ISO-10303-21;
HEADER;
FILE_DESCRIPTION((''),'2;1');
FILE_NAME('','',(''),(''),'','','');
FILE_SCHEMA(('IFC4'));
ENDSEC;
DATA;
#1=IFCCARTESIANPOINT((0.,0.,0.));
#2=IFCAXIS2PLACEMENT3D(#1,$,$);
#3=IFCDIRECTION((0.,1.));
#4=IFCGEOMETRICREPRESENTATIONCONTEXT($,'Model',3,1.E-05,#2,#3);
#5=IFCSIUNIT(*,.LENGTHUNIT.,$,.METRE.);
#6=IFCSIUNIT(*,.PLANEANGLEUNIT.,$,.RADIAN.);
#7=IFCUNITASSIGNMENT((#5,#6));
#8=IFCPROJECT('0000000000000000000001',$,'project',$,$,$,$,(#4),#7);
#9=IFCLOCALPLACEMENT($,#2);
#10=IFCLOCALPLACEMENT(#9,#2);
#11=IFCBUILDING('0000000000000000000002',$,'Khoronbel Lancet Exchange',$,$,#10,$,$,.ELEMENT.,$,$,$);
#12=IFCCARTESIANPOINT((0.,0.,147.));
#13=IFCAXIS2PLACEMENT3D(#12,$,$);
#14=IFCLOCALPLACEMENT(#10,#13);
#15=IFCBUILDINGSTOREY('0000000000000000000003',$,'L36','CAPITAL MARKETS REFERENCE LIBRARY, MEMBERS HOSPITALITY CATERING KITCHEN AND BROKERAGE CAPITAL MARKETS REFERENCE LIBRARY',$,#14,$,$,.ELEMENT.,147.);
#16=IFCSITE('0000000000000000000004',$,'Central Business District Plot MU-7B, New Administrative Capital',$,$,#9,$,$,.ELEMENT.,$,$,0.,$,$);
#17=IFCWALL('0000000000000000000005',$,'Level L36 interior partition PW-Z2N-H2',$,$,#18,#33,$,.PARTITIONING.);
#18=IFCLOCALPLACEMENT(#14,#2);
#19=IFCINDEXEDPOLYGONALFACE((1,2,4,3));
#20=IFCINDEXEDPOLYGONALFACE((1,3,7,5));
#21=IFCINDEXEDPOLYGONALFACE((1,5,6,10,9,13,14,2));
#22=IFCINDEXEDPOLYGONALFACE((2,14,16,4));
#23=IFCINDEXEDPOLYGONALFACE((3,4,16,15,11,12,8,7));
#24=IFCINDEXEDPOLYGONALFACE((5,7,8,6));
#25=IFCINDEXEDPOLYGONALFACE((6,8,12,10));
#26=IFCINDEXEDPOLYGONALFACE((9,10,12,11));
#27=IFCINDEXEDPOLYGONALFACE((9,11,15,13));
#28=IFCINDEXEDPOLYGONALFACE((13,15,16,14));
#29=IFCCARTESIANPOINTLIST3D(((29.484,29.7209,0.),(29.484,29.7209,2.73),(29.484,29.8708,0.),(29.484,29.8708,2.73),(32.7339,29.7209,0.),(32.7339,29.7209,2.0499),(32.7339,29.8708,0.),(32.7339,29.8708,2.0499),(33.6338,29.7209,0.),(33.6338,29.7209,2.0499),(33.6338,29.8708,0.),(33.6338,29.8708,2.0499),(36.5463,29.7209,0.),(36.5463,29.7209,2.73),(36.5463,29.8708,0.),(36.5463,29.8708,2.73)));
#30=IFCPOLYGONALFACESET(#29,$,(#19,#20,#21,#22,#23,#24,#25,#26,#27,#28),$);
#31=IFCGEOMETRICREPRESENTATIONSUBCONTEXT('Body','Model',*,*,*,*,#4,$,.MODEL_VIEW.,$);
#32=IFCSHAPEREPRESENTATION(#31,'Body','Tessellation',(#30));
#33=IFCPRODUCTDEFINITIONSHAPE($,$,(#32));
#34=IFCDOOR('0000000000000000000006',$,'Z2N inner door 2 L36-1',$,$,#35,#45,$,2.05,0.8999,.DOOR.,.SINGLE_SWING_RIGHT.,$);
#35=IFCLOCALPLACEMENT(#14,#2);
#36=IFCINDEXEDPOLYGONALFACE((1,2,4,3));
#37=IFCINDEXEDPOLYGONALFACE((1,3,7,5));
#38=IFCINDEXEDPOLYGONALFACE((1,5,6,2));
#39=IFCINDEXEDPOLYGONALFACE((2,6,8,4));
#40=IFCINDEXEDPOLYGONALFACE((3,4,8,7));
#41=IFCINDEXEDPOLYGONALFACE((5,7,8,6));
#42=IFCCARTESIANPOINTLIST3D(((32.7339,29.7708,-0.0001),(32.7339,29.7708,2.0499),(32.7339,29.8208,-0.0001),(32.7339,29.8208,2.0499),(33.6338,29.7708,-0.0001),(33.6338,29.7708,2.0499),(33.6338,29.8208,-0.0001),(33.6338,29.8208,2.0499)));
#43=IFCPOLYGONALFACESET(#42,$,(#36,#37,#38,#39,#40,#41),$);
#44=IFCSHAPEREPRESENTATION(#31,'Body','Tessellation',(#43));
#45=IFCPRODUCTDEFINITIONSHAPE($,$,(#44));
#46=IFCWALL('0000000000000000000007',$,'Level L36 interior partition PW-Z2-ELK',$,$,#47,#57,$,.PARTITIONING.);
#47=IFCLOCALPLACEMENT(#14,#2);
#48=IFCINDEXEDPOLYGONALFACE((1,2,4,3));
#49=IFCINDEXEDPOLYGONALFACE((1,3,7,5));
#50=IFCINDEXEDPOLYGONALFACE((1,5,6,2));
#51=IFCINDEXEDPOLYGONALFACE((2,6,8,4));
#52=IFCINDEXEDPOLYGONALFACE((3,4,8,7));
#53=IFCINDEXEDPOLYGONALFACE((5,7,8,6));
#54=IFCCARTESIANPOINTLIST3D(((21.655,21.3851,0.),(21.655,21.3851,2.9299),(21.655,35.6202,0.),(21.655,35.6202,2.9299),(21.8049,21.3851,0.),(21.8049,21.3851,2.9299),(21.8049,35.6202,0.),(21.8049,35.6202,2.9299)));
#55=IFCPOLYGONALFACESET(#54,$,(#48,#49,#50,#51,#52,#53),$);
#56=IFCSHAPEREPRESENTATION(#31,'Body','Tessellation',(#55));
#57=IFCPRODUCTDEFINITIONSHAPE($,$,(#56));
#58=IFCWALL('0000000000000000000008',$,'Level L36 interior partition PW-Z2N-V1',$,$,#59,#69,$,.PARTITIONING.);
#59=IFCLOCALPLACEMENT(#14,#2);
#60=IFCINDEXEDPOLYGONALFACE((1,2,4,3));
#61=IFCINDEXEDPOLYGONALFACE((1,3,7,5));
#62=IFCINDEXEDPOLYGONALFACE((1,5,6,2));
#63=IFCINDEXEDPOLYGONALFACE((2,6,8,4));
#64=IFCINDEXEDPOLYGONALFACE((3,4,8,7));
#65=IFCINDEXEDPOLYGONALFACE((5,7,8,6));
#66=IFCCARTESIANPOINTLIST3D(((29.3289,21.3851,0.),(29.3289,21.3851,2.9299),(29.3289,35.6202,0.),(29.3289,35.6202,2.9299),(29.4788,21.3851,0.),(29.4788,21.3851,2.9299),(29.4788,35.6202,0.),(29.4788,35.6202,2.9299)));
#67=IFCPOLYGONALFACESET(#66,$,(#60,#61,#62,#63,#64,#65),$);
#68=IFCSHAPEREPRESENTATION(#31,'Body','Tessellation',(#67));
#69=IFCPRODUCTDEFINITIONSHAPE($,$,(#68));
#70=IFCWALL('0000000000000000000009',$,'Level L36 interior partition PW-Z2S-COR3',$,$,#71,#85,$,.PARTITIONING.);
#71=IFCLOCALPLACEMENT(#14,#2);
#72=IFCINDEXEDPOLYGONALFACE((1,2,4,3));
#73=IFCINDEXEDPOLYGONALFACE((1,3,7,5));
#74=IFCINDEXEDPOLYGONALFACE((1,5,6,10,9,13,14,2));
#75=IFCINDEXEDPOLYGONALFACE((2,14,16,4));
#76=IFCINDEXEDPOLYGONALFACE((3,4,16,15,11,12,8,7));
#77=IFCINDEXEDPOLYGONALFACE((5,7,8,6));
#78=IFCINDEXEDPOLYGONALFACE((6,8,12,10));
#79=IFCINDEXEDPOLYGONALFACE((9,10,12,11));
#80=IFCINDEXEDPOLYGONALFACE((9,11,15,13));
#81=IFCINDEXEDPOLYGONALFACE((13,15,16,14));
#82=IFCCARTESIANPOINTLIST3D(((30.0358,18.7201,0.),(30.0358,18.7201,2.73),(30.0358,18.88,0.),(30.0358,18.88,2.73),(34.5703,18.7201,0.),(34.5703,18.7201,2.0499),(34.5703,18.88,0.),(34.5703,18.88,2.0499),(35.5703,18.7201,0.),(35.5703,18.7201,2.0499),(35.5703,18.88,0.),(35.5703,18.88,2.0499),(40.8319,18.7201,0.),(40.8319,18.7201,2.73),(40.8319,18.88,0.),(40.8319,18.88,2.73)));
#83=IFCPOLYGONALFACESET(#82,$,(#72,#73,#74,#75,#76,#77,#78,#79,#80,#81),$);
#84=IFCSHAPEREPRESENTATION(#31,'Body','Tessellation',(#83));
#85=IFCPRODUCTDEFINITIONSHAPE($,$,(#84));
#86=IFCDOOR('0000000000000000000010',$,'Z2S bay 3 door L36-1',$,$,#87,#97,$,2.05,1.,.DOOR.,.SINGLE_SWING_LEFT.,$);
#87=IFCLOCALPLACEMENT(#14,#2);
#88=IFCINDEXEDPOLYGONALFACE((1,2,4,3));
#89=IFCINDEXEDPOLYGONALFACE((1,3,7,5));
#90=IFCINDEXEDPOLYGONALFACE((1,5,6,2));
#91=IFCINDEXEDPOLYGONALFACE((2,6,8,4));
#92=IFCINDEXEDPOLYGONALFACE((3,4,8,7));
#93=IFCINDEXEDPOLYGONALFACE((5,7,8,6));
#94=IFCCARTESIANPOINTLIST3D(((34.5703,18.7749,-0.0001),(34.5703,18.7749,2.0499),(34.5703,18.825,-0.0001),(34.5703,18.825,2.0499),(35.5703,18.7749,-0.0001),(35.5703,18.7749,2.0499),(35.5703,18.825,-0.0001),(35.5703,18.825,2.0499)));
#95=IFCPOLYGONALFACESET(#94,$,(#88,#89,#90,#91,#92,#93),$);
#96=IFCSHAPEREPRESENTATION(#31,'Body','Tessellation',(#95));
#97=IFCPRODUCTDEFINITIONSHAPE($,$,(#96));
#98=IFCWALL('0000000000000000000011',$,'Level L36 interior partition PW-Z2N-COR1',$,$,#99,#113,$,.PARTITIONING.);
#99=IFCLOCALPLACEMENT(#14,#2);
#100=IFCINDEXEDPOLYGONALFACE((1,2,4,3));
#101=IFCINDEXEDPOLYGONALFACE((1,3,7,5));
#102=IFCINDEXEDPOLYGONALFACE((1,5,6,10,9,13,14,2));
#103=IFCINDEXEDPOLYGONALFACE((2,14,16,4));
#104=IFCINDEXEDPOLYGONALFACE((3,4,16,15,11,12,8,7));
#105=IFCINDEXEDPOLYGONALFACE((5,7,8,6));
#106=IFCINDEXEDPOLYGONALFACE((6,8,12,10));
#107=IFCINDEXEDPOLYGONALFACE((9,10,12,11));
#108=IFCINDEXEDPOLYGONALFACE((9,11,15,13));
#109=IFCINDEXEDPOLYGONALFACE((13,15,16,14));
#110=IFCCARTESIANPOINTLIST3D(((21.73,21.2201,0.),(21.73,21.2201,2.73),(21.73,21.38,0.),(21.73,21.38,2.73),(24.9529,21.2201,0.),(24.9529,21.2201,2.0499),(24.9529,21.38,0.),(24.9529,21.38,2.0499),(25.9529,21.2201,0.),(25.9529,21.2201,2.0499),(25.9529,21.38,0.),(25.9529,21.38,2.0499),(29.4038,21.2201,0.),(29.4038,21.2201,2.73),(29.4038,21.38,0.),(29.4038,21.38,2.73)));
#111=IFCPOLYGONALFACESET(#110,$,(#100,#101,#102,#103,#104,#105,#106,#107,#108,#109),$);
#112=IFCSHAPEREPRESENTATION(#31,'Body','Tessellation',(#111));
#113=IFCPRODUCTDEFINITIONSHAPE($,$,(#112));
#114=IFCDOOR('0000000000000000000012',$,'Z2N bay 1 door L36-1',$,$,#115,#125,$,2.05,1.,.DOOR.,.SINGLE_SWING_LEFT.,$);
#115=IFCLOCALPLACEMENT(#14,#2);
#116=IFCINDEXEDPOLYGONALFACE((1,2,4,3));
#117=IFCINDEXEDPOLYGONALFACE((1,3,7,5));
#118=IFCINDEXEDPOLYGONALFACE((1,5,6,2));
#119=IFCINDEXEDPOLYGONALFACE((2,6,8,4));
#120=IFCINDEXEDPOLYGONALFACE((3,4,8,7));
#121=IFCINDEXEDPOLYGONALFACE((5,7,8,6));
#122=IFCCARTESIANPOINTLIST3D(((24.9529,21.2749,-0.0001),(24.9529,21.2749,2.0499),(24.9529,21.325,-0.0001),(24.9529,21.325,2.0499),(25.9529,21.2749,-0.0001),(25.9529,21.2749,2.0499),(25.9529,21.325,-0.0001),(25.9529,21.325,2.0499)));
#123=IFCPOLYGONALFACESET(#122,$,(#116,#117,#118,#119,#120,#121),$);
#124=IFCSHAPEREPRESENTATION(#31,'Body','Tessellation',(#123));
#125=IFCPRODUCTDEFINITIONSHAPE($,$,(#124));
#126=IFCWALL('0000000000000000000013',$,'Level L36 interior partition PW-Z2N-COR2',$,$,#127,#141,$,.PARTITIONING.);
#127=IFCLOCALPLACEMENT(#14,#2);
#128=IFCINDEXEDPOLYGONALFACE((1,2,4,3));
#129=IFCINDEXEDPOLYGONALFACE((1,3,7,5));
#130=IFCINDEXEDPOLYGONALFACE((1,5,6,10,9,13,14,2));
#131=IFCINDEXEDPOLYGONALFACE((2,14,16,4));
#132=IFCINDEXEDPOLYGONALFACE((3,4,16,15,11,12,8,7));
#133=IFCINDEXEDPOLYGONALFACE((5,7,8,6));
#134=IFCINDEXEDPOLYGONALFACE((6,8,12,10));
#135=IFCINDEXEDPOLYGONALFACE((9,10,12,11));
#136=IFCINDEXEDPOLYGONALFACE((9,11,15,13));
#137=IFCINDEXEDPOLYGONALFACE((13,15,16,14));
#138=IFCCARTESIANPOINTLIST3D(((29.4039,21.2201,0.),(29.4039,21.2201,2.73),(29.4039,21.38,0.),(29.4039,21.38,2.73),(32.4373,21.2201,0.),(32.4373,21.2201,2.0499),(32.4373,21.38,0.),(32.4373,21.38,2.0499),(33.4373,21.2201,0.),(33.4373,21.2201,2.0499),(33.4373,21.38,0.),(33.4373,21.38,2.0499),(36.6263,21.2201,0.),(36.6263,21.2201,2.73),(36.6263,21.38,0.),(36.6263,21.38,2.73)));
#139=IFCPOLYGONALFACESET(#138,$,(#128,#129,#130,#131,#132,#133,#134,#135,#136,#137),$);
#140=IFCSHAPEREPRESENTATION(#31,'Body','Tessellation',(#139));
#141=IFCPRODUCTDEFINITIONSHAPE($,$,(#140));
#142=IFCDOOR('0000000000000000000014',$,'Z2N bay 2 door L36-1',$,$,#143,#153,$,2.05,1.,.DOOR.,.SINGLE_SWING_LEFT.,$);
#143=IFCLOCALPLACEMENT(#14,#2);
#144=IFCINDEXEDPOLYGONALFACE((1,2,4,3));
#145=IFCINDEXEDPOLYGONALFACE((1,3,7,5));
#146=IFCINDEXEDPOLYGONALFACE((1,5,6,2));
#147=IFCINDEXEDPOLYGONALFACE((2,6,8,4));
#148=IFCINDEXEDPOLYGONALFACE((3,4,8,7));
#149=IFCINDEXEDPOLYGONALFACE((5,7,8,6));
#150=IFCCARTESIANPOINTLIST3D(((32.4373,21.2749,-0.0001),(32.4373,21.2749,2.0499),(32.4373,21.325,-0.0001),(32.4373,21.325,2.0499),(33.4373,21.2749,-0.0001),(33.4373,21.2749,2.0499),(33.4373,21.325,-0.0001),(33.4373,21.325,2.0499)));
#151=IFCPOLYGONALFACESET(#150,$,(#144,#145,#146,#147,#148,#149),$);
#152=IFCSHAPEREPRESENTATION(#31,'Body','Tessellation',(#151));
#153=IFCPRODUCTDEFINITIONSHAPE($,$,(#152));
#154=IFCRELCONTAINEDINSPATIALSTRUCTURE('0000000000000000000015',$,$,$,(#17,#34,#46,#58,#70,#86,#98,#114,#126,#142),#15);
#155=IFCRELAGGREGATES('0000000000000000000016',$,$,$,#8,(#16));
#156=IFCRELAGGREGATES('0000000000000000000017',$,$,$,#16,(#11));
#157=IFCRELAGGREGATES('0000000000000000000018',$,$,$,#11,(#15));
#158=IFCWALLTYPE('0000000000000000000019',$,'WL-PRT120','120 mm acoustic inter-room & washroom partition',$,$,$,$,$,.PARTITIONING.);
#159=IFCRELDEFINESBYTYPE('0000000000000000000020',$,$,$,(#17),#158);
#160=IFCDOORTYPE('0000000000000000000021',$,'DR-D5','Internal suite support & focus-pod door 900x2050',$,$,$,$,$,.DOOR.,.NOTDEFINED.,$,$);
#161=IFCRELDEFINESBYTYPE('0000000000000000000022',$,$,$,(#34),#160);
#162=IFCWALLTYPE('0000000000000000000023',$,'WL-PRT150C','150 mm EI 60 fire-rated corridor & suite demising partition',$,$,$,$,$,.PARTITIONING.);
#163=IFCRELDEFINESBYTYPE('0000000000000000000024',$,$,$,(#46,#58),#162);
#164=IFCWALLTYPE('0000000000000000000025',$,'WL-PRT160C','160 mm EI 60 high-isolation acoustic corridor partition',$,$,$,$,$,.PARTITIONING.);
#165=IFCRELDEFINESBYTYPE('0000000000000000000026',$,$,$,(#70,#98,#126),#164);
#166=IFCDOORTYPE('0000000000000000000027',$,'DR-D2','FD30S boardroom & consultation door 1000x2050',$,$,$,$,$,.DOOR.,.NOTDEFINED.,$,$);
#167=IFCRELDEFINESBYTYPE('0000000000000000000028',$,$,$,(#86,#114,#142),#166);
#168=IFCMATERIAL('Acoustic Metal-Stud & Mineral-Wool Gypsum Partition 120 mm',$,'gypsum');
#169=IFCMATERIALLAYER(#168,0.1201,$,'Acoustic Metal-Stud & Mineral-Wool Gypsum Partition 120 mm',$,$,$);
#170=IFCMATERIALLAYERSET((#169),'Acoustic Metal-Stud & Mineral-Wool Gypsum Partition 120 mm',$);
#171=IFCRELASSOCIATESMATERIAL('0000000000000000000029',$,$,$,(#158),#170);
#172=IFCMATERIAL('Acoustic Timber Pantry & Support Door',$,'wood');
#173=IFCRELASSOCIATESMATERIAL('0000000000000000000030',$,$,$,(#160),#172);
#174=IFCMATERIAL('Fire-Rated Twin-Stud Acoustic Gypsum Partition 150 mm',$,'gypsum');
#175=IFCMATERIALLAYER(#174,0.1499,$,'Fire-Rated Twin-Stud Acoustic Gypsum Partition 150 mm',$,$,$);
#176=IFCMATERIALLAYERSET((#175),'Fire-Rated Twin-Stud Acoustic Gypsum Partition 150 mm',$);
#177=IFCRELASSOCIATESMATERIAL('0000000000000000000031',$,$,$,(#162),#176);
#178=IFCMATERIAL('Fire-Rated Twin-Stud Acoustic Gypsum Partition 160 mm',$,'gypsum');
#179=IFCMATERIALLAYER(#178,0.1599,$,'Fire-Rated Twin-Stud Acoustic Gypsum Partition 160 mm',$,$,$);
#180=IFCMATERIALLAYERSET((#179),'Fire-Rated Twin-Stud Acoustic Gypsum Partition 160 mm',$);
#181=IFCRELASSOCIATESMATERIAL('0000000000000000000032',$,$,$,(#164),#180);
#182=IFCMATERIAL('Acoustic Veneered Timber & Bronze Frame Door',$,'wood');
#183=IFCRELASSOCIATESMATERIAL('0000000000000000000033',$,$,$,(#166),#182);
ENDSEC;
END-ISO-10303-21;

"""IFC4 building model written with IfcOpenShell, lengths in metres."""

from ifc_helpers import new_model, si_unit, direction, frame, frame_2d, origin, place, context, subcontext, project, spatial, rectangle, extrude, material, layer, layer_set, type_object, element, fill, save


model = new_model("IFC4")

# Units and contexts
model_context = context("Model", 3, precision=1e-05, world=origin(), true_north=direction((0.0, 1.0)))
body_context = subcontext(model_context, "Body", "Model", "MODEL_VIEW")
ifc_project = project(units=[si_unit("LENGTHUNIT", "METRE"), si_unit("PLANEANGLEUNIT", "RADIAN")], contexts=[model_context])

# Site, building, storey
site_placement = place(None, origin())
site = spatial("IfcSite", under=ifc_project, at=site_placement, Name="Central Business District Plot MU-7B, New Administrative Capital", CompositionType="ELEMENT", RefElevation=0.0)
building_placement = place(site_placement, origin())
building = spatial("IfcBuilding", under=site, at=building_placement, Name="Khoronbel Lancet Exchange", CompositionType="ELEMENT")
storey_placement = place(building_placement, frame((0.0, 0.0, 147.0)))
storey = spatial("IfcBuildingStorey", under=building, at=storey_placement, Name="L36", Description="CAPITAL MARKETS REFERENCE LIBRARY, MEMBERS HOSPITALITY CATERING KITCHEN AND BROKERAGE CAPITAL MARKETS REFERENCE LIBRARY", CompositionType="ELEMENT", Elevation=147.0)

# Wall, opening, door
ifc_material_1 = material(Name="Acoustic Metal-Stud & Mineral-Wool Gypsum Partition 120 mm", Category="gypsum")
ifc_layer_1 = layer(ifc_material_1, 0.1201, Name="Acoustic Metal-Stud & Mineral-Wool Gypsum Partition 120 mm")
ifc_layer_set_1 = layer_set([ifc_layer_1], Name="Acoustic Metal-Stud & Mineral-Wool Gypsum Partition 120 mm")
wall_type_1 = type_object("IfcWallType", Name="WL-PRT120", Description="120 mm acoustic inter-room & washroom partition", PredefinedType="PARTITIONING", material=ifc_layer_set_1)
ifc_material_2 = material(Name="Acoustic Timber Pantry & Support Door", Category="wood")
door_type_1 = type_object("IfcDoorType", Name="DR-D5", Description="Internal suite support & focus-pod door 900x2050", OperationType="NOTDEFINED", PredefinedType="DOOR", material=ifc_material_2)
wall_1_placement = place(storey_placement, frame((29.4839, 29.7959, 0.0), z_axis=(0.0, 0.0, 1.0), x_axis=(1.0, 0.0, 0.0)))
wall_1 = element("IfcWall", 1, at=wall_1_placement, inside=storey, type_object=wall_type_1, Name="Level L36 interior partition PW-Z2N-H2", PredefinedType="PARTITIONING", context=body_context, shape_type="SweptSolid", body=[
    extrude(rectangle(XDim=7.0623, YDim=0.1499, at=frame_2d((3.5312, 0.0))), origin(), (0.0, 0.0, 1.0), 2.73),
])
opening_1_placement = place(wall_1_placement, frame((3.25, 0.0, 0.0)))
opening_1 = element("IfcOpeningElement", 2, at=opening_1_placement, cuts=wall_1, PredefinedType="OPENING", context=body_context, shape_type="SweptSolid", body=[
    extrude(rectangle(XDim=0.8999, YDim=2.05, at=frame_2d((0.45, 1.0249))), frame((0.0, 0.085, 0.0), z_axis=(0.0, -1.0, 0.0), x_axis=(1.0, 0.0, 0.0)), (0.0, 0.0, 1.0), 0.1699),
])
door_1_placement = place(opening_1_placement, origin())
door_1 = element("IfcDoor", 3, at=door_1_placement, inside=storey, type_object=door_type_1, Name="Z2N inner door 2 L36-1", OperationType="SINGLE_SWING_RIGHT", OverallHeight=2.05, OverallWidth=0.8999, PredefinedType="DOOR", context=body_context, shape_type="SweptSolid", body=[
    extrude(rectangle(XDim=0.8999, YDim=2.05, at=frame_2d((0.45, 1.0249))), frame((0.0, 0.0249, 0.0), z_axis=(0.0, -1.0, 0.0), x_axis=(1.0, 0.0, 0.0)), (0.0, 0.0, 1.0), 0.05),
])
fill(opening_1, door_1)

# Walls
ifc_material_3 = material(Name="Fire-Rated Twin-Stud Acoustic Gypsum Partition 150 mm", Category="gypsum")
ifc_layer_2 = layer(ifc_material_3, 0.1499, Name="Fire-Rated Twin-Stud Acoustic Gypsum Partition 150 mm")
ifc_layer_set_2 = layer_set([ifc_layer_2], Name="Fire-Rated Twin-Stud Acoustic Gypsum Partition 150 mm")
wall_type_2 = type_object("IfcWallType", Name="WL-PRT150C", Description="150 mm EI 60 fire-rated corridor & suite demising partition", PredefinedType="PARTITIONING", material=ifc_layer_set_2)
for number, where, z_axis, x_axis, name in (
    (4, (21.73, 21.385, 0.0), (0.0, 0.0, 1.0), (0.0, 1.0, 0.0), "Level L36 interior partition PW-Z2-ELK"),
    (5, (29.4038, 21.385, 0.0), (0.0, 0.0, 1.0), (0.0, 1.0, 0.0), "Level L36 interior partition PW-Z2N-V1"),
):
    element("IfcWall", number, at=place(storey_placement, frame(where, z_axis=z_axis, x_axis=x_axis)), inside=storey, type_object=wall_type_2, Name=name, PredefinedType="PARTITIONING", context=body_context, shape_type="SweptSolid", body=[
        extrude(rectangle(XDim=14.2351, YDim=0.1499, at=frame_2d((7.1177, 0.0))), origin(), (0.0, 0.0, 1.0), 2.9299),
    ])

# Walls, openings, doors
ifc_material_4 = material(Name="Fire-Rated Twin-Stud Acoustic Gypsum Partition 160 mm", Category="gypsum")
ifc_layer_3 = layer(ifc_material_4, 0.1599, Name="Fire-Rated Twin-Stud Acoustic Gypsum Partition 160 mm")
ifc_layer_set_3 = layer_set([ifc_layer_3], Name="Fire-Rated Twin-Stud Acoustic Gypsum Partition 160 mm")
wall_type_3 = type_object("IfcWallType", Name="WL-PRT160C", Description="160 mm EI 60 high-isolation acoustic corridor partition", PredefinedType="PARTITIONING", material=ifc_layer_set_3)
wall_2_placement = place(storey_placement, frame((30.0359, 18.8, 0.0), z_axis=(0.0, 0.0, 1.0), x_axis=(1.0, 0.0, 0.0)))
wall_2 = element("IfcWall", 6, at=wall_2_placement, inside=storey, type_object=wall_type_3, Name="Level L36 interior partition PW-Z2S-COR3", PredefinedType="PARTITIONING", context=body_context, shape_type="SweptSolid", body=[
    extrude(rectangle(XDim=10.7961, YDim=0.1599, at=frame_2d((5.3979, 0.0))), origin(), (0.0, 0.0, 1.0), 2.73),
])
opening_2_placement = place(wall_2_placement, frame((4.5344, 0.0, 0.0)))
opening_2 = element("IfcOpeningElement", 7, at=opening_2_placement, cuts=wall_2, PredefinedType="OPENING", context=body_context, shape_type="SweptSolid", body=[
    extrude(rectangle(XDim=1.0, YDim=2.05, at=frame_2d((0.5, 1.0249))), frame((0.0, 0.0898, 0.0), z_axis=(0.0, -1.0, 0.0), x_axis=(1.0, 0.0, 0.0)), (0.0, 0.0, 1.0), 0.1799),
])
ifc_material_5 = material(Name="Acoustic Veneered Timber & Bronze Frame Door", Category="wood")
door_type_2 = type_object("IfcDoorType", Name="DR-D2", Description="FD30S boardroom & consultation door 1000x2050", OperationType="NOTDEFINED", PredefinedType="DOOR", material=ifc_material_5)
door_2_placement = place(opening_2_placement, origin())
door_2 = element("IfcDoor", 8, at=door_2_placement, inside=storey, type_object=door_type_2, Name="Z2S bay 3 door L36-1", OperationType="SINGLE_SWING_LEFT", OverallHeight=2.05, OverallWidth=1.0, PredefinedType="DOOR", context=body_context, shape_type="SweptSolid", body=[
    extrude(rectangle(XDim=1.0, YDim=2.05, at=frame_2d((0.5, 1.0249))), frame((0.0, 0.0249, 0.0), z_axis=(0.0, -1.0, 0.0), x_axis=(1.0, 0.0, 0.0)), (0.0, 0.0, 1.0), 0.05),
])
fill(opening_2, door_2)
wall_3_placement = place(storey_placement, frame((21.73, 21.3, 0.0), z_axis=(0.0, 0.0, 1.0), x_axis=(1.0, 0.0, 0.0)))
wall_3 = element("IfcWall", 9, at=wall_3_placement, inside=storey, type_object=wall_type_3, Name="Level L36 interior partition PW-Z2N-COR1", PredefinedType="PARTITIONING", context=body_context, shape_type="SweptSolid", body=[
    extrude(rectangle(XDim=7.6738, YDim=0.1599, at=frame_2d((3.8369, 0.0))), origin(), (0.0, 0.0, 1.0), 2.73),
])
opening_3_placement = place(wall_3_placement, frame((3.2229, 0.0, 0.0)))
opening_3 = element("IfcOpeningElement", 10, at=opening_3_placement, cuts=wall_3, PredefinedType="OPENING", context=body_context, shape_type="SweptSolid", body=[
    extrude(rectangle(XDim=1.0, YDim=2.05, at=frame_2d((0.5, 1.0249))), frame((0.0, 0.0898, 0.0), z_axis=(0.0, -1.0, 0.0), x_axis=(1.0, 0.0, 0.0)), (0.0, 0.0, 1.0), 0.1799),
])
door_3_placement = place(opening_3_placement, origin())
door_3 = element("IfcDoor", 11, at=door_3_placement, inside=storey, type_object=door_type_2, Name="Z2N bay 1 door L36-1", OperationType="SINGLE_SWING_LEFT", OverallHeight=2.05, OverallWidth=1.0, PredefinedType="DOOR", context=body_context, shape_type="SweptSolid", body=[
    extrude(rectangle(XDim=1.0, YDim=2.05, at=frame_2d((0.5, 1.0249))), frame((0.0, 0.0249, 0.0), z_axis=(0.0, -1.0, 0.0), x_axis=(1.0, 0.0, 0.0)), (0.0, 0.0, 1.0), 0.05),
])
fill(opening_3, door_3)
wall_4_placement = place(storey_placement, frame((29.4038, 21.3, 0.0), z_axis=(0.0, 0.0, 1.0), x_axis=(1.0, 0.0, 0.0)))
wall_4 = element("IfcWall", 12, at=wall_4_placement, inside=storey, type_object=wall_type_3, Name="Level L36 interior partition PW-Z2N-COR2", PredefinedType="PARTITIONING", context=body_context, shape_type="SweptSolid", body=[
    extrude(rectangle(XDim=7.2224, YDim=0.1599, at=frame_2d((3.6113, 0.0))), origin(), (0.0, 0.0, 1.0), 2.73),
])
opening_4_placement = place(wall_4_placement, frame((3.0334, 0.0, 0.0)))
opening_4 = element("IfcOpeningElement", 13, at=opening_4_placement, cuts=wall_4, PredefinedType="OPENING", context=body_context, shape_type="SweptSolid", body=[
    extrude(rectangle(XDim=1.0, YDim=2.05, at=frame_2d((0.5, 1.0249))), frame((0.0, 0.0898, 0.0), z_axis=(0.0, -1.0, 0.0), x_axis=(1.0, 0.0, 0.0)), (0.0, 0.0, 1.0), 0.1799),
])
door_4_placement = place(opening_4_placement, origin())
door_4 = element("IfcDoor", 14, at=door_4_placement, inside=storey, type_object=door_type_2, Name="Z2N bay 2 door L36-1", OperationType="SINGLE_SWING_LEFT", OverallHeight=2.05, OverallWidth=1.0, PredefinedType="DOOR", context=body_context, shape_type="SweptSolid", body=[
    extrude(rectangle(XDim=1.0, YDim=2.05, at=frame_2d((0.5, 1.0249))), frame((0.0, 0.0249, 0.0), z_axis=(0.0, -1.0, 0.0), x_axis=(1.0, 0.0, 0.0)), (0.0, 0.0, 1.0), 0.05),
])
fill(opening_4, door_4)

save(model, "model.ifc")
